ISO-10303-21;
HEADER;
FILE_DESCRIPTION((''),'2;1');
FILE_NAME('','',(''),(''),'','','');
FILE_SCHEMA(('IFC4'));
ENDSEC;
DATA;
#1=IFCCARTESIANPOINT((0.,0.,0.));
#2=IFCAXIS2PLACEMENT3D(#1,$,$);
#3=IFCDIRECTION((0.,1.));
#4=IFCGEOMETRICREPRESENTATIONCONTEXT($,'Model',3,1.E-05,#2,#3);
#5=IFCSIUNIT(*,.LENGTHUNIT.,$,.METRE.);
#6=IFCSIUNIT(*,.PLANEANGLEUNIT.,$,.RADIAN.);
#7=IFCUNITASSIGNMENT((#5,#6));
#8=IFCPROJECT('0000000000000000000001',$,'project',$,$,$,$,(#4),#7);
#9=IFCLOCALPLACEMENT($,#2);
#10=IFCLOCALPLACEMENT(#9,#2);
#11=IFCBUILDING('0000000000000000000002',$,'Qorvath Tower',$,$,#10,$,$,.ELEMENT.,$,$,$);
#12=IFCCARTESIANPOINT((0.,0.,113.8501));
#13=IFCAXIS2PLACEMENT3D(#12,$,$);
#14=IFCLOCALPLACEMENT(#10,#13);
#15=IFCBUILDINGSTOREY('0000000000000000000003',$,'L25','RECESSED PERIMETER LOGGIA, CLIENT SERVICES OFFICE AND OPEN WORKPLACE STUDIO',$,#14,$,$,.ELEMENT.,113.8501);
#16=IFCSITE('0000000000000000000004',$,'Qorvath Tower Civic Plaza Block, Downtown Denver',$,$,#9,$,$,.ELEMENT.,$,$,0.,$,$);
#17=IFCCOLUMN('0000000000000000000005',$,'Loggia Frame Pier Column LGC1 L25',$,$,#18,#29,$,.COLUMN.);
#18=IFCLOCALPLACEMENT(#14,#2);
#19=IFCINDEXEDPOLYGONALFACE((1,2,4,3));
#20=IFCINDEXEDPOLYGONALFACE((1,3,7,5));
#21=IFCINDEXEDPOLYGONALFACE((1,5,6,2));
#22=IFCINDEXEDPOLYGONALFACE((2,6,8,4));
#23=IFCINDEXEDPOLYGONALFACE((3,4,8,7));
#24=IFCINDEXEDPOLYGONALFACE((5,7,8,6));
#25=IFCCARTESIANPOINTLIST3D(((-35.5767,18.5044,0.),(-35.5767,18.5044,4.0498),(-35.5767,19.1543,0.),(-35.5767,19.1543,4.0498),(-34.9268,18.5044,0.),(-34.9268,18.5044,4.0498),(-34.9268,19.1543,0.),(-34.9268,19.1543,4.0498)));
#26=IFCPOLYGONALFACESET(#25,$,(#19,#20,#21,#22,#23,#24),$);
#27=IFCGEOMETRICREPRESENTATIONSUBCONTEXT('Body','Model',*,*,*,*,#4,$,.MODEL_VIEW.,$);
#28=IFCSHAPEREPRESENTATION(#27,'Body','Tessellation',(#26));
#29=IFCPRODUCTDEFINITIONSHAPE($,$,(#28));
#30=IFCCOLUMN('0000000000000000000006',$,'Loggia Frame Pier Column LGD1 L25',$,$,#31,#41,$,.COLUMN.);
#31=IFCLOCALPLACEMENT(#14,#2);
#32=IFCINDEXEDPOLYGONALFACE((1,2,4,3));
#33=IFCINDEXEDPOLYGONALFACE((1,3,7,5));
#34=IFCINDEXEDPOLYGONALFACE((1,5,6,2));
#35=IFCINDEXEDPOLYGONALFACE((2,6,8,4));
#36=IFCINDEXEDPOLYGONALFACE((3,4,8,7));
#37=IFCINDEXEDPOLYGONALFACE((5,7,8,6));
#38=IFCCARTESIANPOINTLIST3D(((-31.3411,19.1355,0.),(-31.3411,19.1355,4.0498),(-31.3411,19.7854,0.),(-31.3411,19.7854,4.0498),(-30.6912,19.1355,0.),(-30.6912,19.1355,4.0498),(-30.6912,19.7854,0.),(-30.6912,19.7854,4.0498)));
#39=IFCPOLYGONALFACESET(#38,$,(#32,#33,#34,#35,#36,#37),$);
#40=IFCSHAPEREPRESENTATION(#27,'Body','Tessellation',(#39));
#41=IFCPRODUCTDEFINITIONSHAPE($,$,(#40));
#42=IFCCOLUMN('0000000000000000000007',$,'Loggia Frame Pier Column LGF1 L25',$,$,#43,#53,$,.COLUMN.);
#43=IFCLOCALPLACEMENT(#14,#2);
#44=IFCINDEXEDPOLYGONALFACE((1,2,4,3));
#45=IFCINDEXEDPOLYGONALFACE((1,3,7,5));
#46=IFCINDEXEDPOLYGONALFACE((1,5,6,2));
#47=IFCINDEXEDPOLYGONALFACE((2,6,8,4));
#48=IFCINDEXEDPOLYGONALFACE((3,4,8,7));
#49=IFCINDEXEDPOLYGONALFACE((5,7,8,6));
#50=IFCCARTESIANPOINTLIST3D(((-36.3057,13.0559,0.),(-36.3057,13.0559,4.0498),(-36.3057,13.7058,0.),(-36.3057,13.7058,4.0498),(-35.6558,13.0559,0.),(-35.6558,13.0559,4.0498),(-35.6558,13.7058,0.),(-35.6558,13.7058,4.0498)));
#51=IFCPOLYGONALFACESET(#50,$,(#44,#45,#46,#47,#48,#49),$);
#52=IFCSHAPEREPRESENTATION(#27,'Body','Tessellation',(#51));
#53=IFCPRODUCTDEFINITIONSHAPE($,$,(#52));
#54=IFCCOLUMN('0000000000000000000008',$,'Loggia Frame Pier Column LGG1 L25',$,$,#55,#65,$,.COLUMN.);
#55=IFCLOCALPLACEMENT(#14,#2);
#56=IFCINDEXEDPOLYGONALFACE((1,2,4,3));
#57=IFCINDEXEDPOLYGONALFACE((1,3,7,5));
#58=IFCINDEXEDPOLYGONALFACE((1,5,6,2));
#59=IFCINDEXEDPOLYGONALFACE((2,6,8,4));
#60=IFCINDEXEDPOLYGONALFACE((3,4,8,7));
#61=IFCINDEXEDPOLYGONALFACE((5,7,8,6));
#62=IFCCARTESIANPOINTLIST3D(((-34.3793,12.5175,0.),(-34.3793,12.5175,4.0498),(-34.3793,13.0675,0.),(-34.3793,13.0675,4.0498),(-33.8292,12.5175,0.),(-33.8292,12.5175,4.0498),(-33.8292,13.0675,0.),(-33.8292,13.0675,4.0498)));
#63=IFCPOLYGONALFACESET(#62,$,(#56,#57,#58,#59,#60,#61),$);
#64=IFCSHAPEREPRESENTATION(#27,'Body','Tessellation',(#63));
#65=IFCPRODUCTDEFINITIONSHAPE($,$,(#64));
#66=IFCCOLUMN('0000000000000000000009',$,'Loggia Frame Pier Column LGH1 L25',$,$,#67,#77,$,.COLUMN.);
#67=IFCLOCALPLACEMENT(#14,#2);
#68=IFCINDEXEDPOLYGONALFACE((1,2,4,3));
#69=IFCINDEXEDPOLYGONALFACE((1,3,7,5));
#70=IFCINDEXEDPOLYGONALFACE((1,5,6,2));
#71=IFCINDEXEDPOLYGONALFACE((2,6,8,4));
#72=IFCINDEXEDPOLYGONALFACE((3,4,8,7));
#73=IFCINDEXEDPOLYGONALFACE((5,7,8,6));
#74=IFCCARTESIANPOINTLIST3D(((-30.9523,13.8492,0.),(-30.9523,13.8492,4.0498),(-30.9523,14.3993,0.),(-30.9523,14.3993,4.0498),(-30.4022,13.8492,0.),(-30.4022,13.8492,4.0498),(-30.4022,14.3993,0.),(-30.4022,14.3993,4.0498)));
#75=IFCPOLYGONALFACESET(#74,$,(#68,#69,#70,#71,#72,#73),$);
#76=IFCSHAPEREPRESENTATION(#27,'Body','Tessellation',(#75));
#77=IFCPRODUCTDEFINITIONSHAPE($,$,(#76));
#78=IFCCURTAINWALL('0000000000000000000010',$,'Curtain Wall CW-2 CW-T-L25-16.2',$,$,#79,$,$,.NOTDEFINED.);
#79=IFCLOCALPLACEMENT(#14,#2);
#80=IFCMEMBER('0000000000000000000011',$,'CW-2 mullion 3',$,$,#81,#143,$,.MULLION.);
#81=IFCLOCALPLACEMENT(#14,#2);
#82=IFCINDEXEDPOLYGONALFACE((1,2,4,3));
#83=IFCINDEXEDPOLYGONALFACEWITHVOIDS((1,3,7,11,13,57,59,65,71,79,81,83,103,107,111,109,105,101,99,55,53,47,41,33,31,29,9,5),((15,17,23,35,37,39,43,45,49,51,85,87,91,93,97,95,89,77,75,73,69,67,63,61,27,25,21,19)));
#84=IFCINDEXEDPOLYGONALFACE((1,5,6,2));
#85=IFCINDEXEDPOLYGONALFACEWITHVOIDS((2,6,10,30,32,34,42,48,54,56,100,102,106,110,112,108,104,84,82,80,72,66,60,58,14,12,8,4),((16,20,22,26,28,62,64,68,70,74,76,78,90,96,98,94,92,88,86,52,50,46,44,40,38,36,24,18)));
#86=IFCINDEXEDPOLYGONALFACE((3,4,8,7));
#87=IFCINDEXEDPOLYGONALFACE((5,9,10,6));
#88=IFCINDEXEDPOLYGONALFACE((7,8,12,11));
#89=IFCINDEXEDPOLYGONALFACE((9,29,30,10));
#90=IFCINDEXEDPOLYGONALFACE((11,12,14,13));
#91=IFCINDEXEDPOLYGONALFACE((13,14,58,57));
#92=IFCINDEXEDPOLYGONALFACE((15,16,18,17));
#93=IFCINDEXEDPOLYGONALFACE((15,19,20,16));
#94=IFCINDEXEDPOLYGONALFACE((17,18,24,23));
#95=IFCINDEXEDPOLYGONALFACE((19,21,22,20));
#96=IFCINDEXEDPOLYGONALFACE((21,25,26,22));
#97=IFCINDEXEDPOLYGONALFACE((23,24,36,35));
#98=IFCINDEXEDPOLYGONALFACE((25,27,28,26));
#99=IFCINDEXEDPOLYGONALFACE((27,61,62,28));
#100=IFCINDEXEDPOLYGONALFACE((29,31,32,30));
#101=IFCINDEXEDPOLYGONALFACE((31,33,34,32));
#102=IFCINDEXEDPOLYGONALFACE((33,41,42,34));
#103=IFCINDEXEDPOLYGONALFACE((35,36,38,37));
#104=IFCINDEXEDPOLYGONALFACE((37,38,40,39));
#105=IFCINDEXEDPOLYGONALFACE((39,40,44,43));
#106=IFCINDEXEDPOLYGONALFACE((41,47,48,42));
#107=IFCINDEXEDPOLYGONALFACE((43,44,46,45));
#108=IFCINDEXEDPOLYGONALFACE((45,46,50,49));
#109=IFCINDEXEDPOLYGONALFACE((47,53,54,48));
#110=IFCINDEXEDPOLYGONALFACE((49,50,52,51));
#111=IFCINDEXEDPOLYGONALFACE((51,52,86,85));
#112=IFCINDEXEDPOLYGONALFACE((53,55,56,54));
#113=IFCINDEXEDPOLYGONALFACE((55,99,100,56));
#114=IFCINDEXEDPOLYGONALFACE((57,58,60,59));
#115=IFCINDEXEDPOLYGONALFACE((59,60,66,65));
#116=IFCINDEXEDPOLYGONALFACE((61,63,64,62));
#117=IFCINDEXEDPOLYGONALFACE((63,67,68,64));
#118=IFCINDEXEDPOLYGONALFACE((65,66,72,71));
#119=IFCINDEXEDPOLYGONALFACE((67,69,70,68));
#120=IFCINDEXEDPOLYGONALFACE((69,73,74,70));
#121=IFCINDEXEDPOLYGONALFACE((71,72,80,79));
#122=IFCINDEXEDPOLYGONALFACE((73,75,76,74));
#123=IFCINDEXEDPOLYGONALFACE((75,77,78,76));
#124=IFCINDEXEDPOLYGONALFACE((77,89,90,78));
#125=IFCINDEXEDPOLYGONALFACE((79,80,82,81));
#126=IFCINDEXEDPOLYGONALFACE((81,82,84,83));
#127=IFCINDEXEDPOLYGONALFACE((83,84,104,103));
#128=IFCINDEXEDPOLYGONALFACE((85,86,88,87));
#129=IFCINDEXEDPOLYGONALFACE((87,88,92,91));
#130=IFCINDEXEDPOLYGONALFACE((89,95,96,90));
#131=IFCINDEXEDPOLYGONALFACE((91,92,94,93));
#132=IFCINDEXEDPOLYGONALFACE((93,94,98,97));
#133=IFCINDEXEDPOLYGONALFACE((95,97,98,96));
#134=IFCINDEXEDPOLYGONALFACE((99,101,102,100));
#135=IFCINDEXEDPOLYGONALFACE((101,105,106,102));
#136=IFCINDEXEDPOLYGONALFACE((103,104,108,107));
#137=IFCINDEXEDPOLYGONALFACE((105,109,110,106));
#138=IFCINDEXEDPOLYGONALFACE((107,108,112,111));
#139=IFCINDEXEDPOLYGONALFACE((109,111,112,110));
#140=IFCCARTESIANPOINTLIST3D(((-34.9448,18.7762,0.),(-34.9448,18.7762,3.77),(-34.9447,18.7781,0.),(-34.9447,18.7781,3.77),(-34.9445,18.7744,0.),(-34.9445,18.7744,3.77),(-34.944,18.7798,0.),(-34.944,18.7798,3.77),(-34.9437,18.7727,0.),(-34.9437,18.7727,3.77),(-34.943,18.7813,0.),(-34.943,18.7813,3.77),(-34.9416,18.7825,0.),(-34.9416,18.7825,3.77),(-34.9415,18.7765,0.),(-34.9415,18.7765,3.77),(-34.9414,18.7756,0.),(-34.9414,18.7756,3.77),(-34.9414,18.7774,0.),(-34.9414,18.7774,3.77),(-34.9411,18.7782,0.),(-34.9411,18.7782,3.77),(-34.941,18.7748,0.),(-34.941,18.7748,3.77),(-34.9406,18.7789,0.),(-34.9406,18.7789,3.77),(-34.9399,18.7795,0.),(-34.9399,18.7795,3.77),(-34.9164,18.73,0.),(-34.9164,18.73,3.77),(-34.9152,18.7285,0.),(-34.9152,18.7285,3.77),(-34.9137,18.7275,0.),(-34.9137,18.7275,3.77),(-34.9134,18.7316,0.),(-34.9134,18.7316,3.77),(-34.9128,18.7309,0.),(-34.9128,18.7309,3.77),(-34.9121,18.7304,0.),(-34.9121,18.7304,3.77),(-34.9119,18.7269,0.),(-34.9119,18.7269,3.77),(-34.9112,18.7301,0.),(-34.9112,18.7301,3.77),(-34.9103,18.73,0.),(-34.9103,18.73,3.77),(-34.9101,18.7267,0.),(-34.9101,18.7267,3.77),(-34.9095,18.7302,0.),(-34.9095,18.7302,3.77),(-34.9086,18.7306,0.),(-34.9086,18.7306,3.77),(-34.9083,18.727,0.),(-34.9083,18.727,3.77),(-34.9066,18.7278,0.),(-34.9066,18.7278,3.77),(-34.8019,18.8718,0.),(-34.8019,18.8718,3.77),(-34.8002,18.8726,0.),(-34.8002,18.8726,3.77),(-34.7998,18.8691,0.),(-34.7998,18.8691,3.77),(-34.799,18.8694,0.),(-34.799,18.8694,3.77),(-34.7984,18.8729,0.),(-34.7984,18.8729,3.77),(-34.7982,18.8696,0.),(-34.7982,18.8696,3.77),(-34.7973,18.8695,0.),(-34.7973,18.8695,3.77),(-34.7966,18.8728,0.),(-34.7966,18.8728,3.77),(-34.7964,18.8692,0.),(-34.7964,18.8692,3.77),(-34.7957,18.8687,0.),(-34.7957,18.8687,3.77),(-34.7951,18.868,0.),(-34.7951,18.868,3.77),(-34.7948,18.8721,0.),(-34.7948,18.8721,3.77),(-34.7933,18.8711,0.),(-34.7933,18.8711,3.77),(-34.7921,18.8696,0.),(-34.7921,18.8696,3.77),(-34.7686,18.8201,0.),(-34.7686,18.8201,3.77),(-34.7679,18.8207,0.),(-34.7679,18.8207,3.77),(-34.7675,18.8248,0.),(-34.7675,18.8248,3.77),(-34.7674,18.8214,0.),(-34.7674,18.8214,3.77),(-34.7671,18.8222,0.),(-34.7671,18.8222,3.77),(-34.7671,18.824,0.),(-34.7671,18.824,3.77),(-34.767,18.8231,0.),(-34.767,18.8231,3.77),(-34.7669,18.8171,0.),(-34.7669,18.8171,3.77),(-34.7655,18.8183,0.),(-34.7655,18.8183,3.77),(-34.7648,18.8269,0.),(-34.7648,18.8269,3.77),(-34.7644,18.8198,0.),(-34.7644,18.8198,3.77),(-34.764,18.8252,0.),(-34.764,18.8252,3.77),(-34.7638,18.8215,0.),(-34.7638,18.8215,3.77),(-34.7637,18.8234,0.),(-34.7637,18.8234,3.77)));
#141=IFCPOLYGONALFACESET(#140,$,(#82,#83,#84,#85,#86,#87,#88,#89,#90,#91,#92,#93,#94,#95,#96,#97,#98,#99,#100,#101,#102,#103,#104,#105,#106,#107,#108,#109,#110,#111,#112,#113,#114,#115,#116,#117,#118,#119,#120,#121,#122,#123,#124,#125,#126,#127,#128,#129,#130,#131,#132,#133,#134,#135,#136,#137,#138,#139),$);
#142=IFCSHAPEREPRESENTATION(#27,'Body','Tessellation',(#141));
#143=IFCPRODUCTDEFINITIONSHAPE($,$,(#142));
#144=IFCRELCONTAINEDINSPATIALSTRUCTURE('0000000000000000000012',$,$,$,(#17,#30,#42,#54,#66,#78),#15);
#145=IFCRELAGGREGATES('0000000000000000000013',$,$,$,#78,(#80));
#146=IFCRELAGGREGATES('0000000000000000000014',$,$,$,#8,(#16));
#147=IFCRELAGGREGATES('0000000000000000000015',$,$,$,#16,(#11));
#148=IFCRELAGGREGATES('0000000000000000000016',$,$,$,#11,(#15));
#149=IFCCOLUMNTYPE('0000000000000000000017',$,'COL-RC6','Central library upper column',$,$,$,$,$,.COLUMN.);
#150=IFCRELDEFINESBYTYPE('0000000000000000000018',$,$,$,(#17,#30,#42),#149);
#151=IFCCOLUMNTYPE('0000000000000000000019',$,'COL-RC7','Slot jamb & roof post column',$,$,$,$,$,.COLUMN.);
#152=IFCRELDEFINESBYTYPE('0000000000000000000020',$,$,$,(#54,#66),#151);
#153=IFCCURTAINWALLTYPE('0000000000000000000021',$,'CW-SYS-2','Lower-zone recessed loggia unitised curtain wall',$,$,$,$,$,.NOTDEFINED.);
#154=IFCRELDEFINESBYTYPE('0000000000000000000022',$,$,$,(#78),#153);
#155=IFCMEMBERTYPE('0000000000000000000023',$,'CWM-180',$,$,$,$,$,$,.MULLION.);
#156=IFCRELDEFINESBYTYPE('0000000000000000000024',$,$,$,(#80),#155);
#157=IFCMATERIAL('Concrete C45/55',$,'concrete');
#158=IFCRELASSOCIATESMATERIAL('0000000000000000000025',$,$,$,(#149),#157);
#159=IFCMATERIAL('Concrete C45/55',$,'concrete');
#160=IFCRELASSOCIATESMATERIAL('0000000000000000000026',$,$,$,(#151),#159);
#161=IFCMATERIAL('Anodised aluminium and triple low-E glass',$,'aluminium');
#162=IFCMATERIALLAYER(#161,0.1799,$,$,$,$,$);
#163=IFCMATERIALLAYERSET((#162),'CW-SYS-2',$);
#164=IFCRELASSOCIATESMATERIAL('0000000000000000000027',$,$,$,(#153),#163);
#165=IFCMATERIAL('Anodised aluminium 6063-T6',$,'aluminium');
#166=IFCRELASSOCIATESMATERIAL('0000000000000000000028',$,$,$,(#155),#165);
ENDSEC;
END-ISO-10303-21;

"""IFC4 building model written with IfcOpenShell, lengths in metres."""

from ifc_helpers import new_model, si_unit, direction, frame, origin, origin_2d, place, context, subcontext, project, spatial, rectangle, hollow_rectangle, extrude, material, layer, layer_set, material_profile, profile_set, type_object, element, aggregate, save


model = new_model("IFC4")

# Units and contexts
model_context = context("Model", 3, precision=1e-05, world=origin(), true_north=direction((0.0, 1.0)))
body_context = subcontext(model_context, "Body", "Model", "MODEL_VIEW")
ifc_project = project(units=[si_unit("LENGTHUNIT", "METRE"), si_unit("PLANEANGLEUNIT", "RADIAN")], contexts=[model_context])

# Site, building, storey
site_placement = place(None, origin())
site = spatial("IfcSite", under=ifc_project, at=site_placement, Name="Qorvath Tower Civic Plaza Block, Downtown Denver", CompositionType="ELEMENT", RefElevation=0.0)
building_placement = place(site_placement, origin())
building = spatial("IfcBuilding", under=site, at=building_placement, Name="Qorvath Tower", CompositionType="ELEMENT")
storey_placement = place(building_placement, frame((0.0, 0.0, 113.8501)))
storey = spatial("IfcBuildingStorey", under=building, at=storey_placement, Name="L25", Description="RECESSED PERIMETER LOGGIA, CLIENT SERVICES OFFICE AND OPEN WORKPLACE STUDIO", CompositionType="ELEMENT", Elevation=113.8501)

# Columns
ifc_material_1 = material(Name="Concrete C45/55", Category="concrete")
ifc_material_profile_1 = material_profile(ifc_material_1, rectangle(XDim=0.6499, YDim=0.6499, at=origin_2d()), Name="RC 650x650")
ifc_profile_set_1 = profile_set([ifc_material_profile_1], Name="Concrete C45/55")
column_type_1 = type_object("IfcColumnType", Name="COL-RC6", Description="Central library upper column", PredefinedType="COLUMN", material=ifc_profile_set_1)
for number, where, z_axis, x_axis, name in (
    (1, (-35.2517, 18.8293, 0.0), (0.0, 0.0, 1.0), (1.0, 0.0, 0.0), "Loggia Frame Pier Column LGC1 L25"),
    (2, (-31.0161, 19.4604, 0.0), (0.0, 0.0, 1.0), (1.0, 0.0, 0.0), "Loggia Frame Pier Column LGD1 L25"),
    (3, (-35.9807, 13.3809, 0.0), (0.0, 0.0, 1.0), (1.0, 0.0, 0.0), "Loggia Frame Pier Column LGF1 L25"),
):
    element("IfcColumn", number, at=place(storey_placement, frame(where, z_axis=z_axis, x_axis=x_axis)), inside=storey, type_object=column_type_1, Name=name, PredefinedType="COLUMN", context=body_context, shape_type="SweptSolid", body=[
        extrude(rectangle(XDim=0.6499, YDim=0.6499, at=origin_2d()), origin(), (0.0, 0.0, 1.0), 4.0498),
    ])
ifc_material_2 = material(Name="Concrete C45/55", Category="concrete")
ifc_material_profile_2 = material_profile(ifc_material_2, rectangle(XDim=0.55, YDim=0.55, at=origin_2d()), Name="RC 550x550")
ifc_profile_set_2 = profile_set([ifc_material_profile_2], Name="Concrete C45/55")
column_type_2 = type_object("IfcColumnType", Name="COL-RC7", Description="Slot jamb & roof post column", PredefinedType="COLUMN", material=ifc_profile_set_2)
for number, where, z_axis, x_axis, name in (
    (4, (-34.1042, 12.7925, 0.0), (0.0, 0.0, 1.0), (1.0, 0.0, 0.0), "Loggia Frame Pier Column LGG1 L25"),
    (5, (-30.6772, 14.1243, 0.0), (0.0, 0.0, 1.0), (1.0, 0.0, 0.0), "Loggia Frame Pier Column LGH1 L25"),
):
    element("IfcColumn", number, at=place(storey_placement, frame(where, z_axis=z_axis, x_axis=x_axis)), inside=storey, type_object=column_type_2, Name=name, PredefinedType="COLUMN", context=body_context, shape_type="SweptSolid", body=[
        extrude(rectangle(XDim=0.55, YDim=0.55, at=origin_2d()), origin(), (0.0, 0.0, 1.0), 4.0498),
    ])

# Curtain wall, member
ifc_material_3 = material(Name="Anodised aluminium and triple low-E glass", Category="aluminium")
ifc_layer_1 = layer(ifc_material_3, 0.1799)
ifc_layer_set_1 = layer_set([ifc_layer_1], Name="CW-SYS-2")
curtain_wall_type = type_object("IfcCurtainWallType", Name="CW-SYS-2", Description="Lower-zone recessed loggia unitised curtain wall", PredefinedType="NOTDEFINED", material=ifc_layer_set_1)
curtain_wall_1_placement = place(storey_placement, origin())
curtain_wall_1 = element("IfcCurtainWall", 6, at=curtain_wall_1_placement, inside=storey, type_object=curtain_wall_type, Name="Curtain Wall CW-2 CW-T-L25-16.2", PredefinedType="NOTDEFINED")
ifc_material_4 = material(Name="Anodised aluminium 6063-T6", Category="aluminium")
ifc_material_profile_3 = material_profile(ifc_material_4, hollow_rectangle(XDim=0.0649, YDim=0.1799, WallThickness=0.0034, InnerFilletRadius=0.0034, OuterFilletRadius=0.0071, at=origin_2d()), Name="CWM 180x65")
ifc_profile_set_3 = profile_set([ifc_material_profile_3], Name="Anodised aluminium 6063-T6")
member_type_1 = type_object("IfcMemberType", Name="CWM-180", PredefinedType="MULLION", material=ifc_profile_set_3)
member_1_placement = place(storey_placement, frame((-34.8542, 18.7998, 0.0), z_axis=(0.0, 0.0, 1.0), x_axis=(0.538543, -0.842598, 0.0)))
member_1 = element("IfcMember", 7, at=member_1_placement, type_object=member_type_1, Name="CW-2 mullion 3", PredefinedType="MULLION", context=body_context, shape_type="SweptSolid", body=[
    extrude(hollow_rectangle(XDim=0.0649, YDim=0.1799, WallThickness=0.0034, InnerFilletRadius=0.0034, OuterFilletRadius=0.0071, at=origin_2d()), origin(), (0.0, 0.0, 1.0), 3.77),
])

aggregate(curtain_wall_1, [member_1])

save(model, "model.ifc")
